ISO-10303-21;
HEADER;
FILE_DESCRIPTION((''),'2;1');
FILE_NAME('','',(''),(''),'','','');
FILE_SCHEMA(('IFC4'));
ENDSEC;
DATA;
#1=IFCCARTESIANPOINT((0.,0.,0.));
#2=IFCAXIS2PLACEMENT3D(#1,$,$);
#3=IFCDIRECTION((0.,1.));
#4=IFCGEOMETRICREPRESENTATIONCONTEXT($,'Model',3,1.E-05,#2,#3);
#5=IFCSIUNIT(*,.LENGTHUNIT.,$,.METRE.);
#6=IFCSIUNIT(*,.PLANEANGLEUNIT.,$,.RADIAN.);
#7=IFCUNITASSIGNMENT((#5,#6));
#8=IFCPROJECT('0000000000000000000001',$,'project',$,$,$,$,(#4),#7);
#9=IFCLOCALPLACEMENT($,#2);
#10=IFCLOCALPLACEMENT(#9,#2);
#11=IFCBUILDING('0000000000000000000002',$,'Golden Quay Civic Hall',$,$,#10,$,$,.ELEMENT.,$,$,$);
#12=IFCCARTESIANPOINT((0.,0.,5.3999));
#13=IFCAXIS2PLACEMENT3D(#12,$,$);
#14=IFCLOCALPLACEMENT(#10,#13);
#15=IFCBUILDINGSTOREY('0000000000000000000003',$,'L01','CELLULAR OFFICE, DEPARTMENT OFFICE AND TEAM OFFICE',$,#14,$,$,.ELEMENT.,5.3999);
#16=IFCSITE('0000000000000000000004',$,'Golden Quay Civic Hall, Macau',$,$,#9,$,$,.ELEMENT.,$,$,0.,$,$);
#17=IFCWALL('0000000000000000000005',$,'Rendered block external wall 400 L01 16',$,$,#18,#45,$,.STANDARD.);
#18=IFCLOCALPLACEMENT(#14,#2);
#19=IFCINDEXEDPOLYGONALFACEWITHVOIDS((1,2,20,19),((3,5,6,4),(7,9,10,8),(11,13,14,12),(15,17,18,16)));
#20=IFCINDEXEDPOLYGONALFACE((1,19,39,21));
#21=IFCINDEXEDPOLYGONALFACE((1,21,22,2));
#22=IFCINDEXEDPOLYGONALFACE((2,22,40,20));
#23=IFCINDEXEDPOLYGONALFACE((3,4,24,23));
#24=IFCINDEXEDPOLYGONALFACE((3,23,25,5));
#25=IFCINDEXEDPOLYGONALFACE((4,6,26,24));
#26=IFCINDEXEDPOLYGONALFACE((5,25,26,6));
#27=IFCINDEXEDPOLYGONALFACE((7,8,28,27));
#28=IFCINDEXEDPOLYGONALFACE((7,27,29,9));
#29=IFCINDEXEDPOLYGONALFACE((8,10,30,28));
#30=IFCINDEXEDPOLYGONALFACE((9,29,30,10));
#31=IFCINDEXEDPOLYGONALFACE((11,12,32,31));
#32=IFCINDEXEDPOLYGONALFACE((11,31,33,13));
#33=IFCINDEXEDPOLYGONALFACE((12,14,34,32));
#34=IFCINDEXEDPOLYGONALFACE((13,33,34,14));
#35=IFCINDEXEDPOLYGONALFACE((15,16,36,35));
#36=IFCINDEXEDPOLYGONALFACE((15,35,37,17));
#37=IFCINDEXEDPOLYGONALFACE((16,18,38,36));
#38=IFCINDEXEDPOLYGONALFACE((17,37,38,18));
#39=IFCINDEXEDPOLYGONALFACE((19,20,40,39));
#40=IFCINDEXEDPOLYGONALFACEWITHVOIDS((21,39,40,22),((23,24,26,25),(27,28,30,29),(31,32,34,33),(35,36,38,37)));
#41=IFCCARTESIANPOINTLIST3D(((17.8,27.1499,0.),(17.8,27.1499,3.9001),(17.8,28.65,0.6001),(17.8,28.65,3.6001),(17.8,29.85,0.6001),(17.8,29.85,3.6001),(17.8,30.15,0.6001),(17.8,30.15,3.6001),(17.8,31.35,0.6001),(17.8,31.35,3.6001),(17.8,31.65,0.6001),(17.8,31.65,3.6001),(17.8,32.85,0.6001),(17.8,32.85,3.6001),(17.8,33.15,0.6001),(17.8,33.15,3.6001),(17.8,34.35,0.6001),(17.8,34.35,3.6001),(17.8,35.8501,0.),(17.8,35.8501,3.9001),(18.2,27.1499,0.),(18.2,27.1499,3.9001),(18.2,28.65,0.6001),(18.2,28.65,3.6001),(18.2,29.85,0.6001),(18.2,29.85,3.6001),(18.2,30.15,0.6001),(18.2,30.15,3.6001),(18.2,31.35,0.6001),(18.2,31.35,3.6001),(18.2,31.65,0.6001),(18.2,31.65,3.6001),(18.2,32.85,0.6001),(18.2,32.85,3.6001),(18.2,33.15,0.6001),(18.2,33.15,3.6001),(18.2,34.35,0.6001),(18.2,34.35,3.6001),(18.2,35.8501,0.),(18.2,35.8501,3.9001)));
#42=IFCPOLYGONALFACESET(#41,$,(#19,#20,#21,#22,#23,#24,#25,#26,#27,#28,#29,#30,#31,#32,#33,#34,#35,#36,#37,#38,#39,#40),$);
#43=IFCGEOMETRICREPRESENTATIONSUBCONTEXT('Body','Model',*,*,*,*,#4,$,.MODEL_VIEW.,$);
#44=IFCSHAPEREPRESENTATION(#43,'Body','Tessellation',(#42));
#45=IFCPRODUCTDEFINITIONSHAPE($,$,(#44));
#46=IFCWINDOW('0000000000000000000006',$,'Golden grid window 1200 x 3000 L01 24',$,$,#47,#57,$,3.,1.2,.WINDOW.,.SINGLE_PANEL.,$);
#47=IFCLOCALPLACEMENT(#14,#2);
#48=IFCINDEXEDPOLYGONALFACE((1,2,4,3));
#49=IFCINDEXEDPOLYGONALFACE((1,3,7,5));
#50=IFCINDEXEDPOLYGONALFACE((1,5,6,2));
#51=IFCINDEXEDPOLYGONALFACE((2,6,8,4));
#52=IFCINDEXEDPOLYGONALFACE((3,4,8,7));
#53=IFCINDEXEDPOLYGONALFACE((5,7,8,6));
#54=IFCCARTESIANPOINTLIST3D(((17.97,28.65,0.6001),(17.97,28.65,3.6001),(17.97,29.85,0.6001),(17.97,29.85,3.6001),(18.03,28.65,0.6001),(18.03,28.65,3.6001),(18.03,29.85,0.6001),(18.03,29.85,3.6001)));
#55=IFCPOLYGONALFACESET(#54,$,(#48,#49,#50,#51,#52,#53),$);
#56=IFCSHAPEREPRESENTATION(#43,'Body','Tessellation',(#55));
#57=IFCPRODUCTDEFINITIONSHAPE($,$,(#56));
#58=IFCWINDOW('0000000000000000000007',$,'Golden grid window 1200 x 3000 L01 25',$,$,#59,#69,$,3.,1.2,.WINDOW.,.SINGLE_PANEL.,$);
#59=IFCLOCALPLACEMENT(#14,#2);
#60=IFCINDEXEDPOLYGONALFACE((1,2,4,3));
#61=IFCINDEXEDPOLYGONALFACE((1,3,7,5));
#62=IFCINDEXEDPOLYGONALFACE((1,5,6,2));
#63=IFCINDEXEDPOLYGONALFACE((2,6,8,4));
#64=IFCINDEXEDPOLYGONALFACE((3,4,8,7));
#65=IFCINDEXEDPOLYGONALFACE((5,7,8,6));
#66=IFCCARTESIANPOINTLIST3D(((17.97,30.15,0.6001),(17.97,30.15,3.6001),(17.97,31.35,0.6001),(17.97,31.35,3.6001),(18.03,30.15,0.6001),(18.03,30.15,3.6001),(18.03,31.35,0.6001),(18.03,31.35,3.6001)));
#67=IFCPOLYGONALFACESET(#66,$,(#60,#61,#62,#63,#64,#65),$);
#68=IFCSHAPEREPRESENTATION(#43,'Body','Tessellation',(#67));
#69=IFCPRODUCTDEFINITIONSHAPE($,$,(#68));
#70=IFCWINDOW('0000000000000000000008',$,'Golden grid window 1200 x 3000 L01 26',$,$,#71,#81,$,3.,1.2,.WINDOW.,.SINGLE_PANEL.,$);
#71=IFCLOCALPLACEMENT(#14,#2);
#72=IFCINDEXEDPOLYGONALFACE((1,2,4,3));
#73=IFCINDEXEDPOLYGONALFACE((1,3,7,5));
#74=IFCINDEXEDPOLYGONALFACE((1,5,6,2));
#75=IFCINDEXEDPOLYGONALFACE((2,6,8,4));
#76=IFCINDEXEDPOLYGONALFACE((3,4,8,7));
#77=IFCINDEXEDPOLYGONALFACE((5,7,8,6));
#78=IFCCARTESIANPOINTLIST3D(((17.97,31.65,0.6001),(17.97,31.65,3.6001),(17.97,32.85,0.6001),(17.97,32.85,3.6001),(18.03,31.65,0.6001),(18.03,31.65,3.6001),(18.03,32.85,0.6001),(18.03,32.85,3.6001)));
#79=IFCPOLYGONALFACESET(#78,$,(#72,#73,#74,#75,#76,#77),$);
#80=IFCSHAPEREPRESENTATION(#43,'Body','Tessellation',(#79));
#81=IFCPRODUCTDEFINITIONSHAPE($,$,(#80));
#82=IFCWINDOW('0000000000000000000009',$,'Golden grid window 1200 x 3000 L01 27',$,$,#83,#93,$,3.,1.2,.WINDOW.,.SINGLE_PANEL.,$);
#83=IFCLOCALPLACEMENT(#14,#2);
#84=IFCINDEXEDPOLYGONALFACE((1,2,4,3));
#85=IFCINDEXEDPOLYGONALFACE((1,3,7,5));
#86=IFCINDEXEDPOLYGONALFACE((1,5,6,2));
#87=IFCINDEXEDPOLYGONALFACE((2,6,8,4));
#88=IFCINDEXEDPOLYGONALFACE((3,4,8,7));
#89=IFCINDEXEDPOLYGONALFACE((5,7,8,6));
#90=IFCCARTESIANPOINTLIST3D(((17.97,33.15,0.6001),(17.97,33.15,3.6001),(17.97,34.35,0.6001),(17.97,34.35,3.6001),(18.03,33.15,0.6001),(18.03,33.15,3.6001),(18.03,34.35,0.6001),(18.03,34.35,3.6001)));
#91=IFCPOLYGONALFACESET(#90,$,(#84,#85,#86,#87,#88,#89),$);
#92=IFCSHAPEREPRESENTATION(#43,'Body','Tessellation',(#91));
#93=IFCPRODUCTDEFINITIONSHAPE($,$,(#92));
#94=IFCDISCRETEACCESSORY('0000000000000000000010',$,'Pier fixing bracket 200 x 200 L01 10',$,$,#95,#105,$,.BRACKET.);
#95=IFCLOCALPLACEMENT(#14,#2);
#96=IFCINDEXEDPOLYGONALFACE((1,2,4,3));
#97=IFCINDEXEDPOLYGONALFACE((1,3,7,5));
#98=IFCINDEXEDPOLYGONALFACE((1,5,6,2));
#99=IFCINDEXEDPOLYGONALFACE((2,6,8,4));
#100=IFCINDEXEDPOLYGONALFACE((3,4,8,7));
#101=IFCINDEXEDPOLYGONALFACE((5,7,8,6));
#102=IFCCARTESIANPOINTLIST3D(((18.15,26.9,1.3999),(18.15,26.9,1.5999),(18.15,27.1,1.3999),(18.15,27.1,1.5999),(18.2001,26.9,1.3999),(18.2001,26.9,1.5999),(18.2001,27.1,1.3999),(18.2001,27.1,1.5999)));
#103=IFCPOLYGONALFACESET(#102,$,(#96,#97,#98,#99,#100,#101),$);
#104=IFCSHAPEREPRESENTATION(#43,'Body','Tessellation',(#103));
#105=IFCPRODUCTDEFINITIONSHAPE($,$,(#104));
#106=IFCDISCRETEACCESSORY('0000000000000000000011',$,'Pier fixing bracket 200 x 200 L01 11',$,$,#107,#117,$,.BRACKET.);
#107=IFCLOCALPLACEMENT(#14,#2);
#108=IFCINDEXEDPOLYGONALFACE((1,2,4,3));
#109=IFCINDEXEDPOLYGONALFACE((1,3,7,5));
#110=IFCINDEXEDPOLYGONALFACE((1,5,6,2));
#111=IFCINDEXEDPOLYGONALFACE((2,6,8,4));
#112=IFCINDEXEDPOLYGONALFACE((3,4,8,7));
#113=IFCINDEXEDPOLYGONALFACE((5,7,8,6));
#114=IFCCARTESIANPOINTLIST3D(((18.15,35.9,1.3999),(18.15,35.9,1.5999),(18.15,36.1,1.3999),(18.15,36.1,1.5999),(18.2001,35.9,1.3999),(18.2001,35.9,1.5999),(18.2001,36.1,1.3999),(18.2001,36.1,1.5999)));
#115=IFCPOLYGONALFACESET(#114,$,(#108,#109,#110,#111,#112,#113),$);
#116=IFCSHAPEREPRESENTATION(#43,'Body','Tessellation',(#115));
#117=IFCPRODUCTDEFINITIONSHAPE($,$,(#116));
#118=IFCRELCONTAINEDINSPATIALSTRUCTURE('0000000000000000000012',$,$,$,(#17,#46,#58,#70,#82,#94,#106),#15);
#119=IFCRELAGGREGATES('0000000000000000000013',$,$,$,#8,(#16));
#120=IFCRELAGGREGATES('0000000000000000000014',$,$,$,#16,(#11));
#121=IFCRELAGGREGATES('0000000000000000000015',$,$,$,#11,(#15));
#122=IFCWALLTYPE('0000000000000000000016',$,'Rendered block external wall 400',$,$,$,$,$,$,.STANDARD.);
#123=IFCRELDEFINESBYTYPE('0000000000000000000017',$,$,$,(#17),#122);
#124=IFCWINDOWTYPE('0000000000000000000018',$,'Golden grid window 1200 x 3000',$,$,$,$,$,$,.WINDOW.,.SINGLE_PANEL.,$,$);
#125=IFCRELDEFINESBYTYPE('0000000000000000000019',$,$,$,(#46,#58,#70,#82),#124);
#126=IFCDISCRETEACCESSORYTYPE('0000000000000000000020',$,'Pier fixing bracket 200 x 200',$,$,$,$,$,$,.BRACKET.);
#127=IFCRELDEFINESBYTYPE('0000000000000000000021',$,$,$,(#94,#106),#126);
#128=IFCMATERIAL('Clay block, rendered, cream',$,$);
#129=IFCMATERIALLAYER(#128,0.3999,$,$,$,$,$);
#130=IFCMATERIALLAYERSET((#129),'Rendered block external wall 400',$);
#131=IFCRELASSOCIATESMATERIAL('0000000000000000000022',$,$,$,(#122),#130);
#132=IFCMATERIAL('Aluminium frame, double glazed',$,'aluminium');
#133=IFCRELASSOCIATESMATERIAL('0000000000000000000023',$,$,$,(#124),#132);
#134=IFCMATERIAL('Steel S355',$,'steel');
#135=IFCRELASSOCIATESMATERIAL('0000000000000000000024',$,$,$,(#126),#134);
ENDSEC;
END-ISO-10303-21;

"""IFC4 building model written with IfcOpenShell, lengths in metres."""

from ifc_helpers import new_model, si_unit, direction, frame, frame_2d, origin, origin_2d, place, context, subcontext, project, spatial, rectangle, extrude, material, layer, layer_set, type_object, element, fill, save


model = new_model("IFC4")

# Units and contexts
model_context = context("Model", 3, precision=1e-05, world=origin(), true_north=direction((0.0, 1.0)))
body_context = subcontext(model_context, "Body", "Model", "MODEL_VIEW")
ifc_project = project(units=[si_unit("LENGTHUNIT", "METRE"), si_unit("PLANEANGLEUNIT", "RADIAN")], contexts=[model_context])

# Site, building, storey
site_placement = place(None, origin())
site = spatial("IfcSite", under=ifc_project, at=site_placement, Name="Golden Quay Civic Hall, Macau", CompositionType="ELEMENT", RefElevation=0.0)
building_placement = place(site_placement, origin())
building = spatial("IfcBuilding", under=site, at=building_placement, Name="Golden Quay Civic Hall", CompositionType="ELEMENT")
storey_placement = place(building_placement, frame((0.0, 0.0, 5.3999)))
storey = spatial("IfcBuildingStorey", under=building, at=storey_placement, Name="L01", Description="CELLULAR OFFICE, DEPARTMENT OFFICE AND TEAM OFFICE", CompositionType="ELEMENT", Elevation=5.3999)

# Wall, openings, windows
ifc_material_1 = material(Name="Clay block, rendered, cream")
ifc_layer_1 = layer(ifc_material_1, 0.3999)
ifc_layer_set_1 = layer_set([ifc_layer_1], Name="Rendered block external wall 400")
wall_type_1 = type_object("IfcWallType", Name="Rendered block external wall 400", PredefinedType="STANDARD", material=ifc_layer_set_1)
wall_1_placement = place(storey_placement, frame((18.0, 35.8501, 0.0), z_axis=(0.0, 0.0, 1.0), x_axis=(0.0, -1.0, 0.0)))
wall_1 = element("IfcWall", 1, at=wall_1_placement, inside=storey, type_object=wall_type_1, Name="Rendered block external wall 400 L01 16", PredefinedType="STANDARD", context=body_context, shape_type="SweptSolid", body=[
    extrude(rectangle(XDim=8.7002, YDim=0.3999, at=frame_2d((4.3501, 0.0))), origin(), (0.0, 0.0, 1.0), 3.9001),
])
opening_1_placement = place(wall_1_placement, frame((6.0, 0.0, 0.6001)))
opening_1 = element("IfcOpeningElement", 2, at=opening_1_placement, cuts=wall_1, PredefinedType="OPENING", context=body_context, shape_type="SweptSolid", body=[
    extrude(rectangle(XDim=1.2, YDim=3.0, at=frame_2d((0.6001, 1.5))), frame((0.0, 0.21, 0.0), z_axis=(0.0, -1.0, 0.0), x_axis=(1.0, 0.0, 0.0)), (0.0, 0.0, 1.0), 0.4199),
])
opening_2_placement = place(wall_1_placement, frame((4.5, 0.0, 0.6001)))
opening_2 = element("IfcOpeningElement", 3, at=opening_2_placement, cuts=wall_1, PredefinedType="OPENING", context=body_context, shape_type="SweptSolid", body=[
    extrude(rectangle(XDim=1.2, YDim=3.0, at=frame_2d((0.6001, 1.5))), frame((0.0, 0.21, 0.0), z_axis=(0.0, -1.0, 0.0), x_axis=(1.0, 0.0, 0.0)), (0.0, 0.0, 1.0), 0.4199),
])
opening_3_placement = place(wall_1_placement, frame((3.0, 0.0, 0.6001)))
opening_3 = element("IfcOpeningElement", 4, at=opening_3_placement, cuts=wall_1, PredefinedType="OPENING", context=body_context, shape_type="SweptSolid", body=[
    extrude(rectangle(XDim=1.2, YDim=3.0, at=frame_2d((0.6001, 1.5))), frame((0.0, 0.21, 0.0), z_axis=(0.0, -1.0, 0.0), x_axis=(1.0, 0.0, 0.0)), (0.0, 0.0, 1.0), 0.4199),
])
opening_4_placement = place(wall_1_placement, frame((1.5, 0.0, 0.6001)))
opening_4 = element("IfcOpeningElement", 5, at=opening_4_placement, cuts=wall_1, PredefinedType="OPENING", context=body_context, shape_type="SweptSolid", body=[
    extrude(rectangle(XDim=1.2, YDim=3.0, at=frame_2d((0.6001, 1.5))), frame((0.0, 0.21, 0.0), z_axis=(0.0, -1.0, 0.0), x_axis=(1.0, 0.0, 0.0)), (0.0, 0.0, 1.0), 0.4199),
])
ifc_material_2 = material(Name="Aluminium frame, double glazed", Category="aluminium")
window_type = type_object("IfcWindowType", Name="Golden grid window 1200 x 3000", PartitioningType="SINGLE_PANEL", PredefinedType="WINDOW", material=ifc_material_2)
window_1_placement = place(opening_1_placement, origin())
window_1 = element("IfcWindow", 6, at=window_1_placement, inside=storey, type_object=window_type, Name="Golden grid window 1200 x 3000 L01 24", OverallHeight=3.0, OverallWidth=1.2, PartitioningType="SINGLE_PANEL", PredefinedType="WINDOW", context=body_context, shape_type="SweptSolid", body=[
    extrude(rectangle(XDim=1.2, YDim=3.0, at=frame_2d((0.6001, 1.5))), frame((0.0, 0.03, 0.0), z_axis=(0.0, -1.0, 0.0), x_axis=(1.0, 0.0, 0.0)), (0.0, 0.0, 1.0), 0.0601),
])
fill(opening_1, window_1)
window_2_placement = place(opening_2_placement, origin())
window_2 = element("IfcWindow", 7, at=window_2_placement, inside=storey, type_object=window_type, Name="Golden grid window 1200 x 3000 L01 25", OverallHeight=3.0, OverallWidth=1.2, PartitioningType="SINGLE_PANEL", PredefinedType="WINDOW", context=body_context, shape_type="SweptSolid", body=[
    extrude(rectangle(XDim=1.2, YDim=3.0, at=frame_2d((0.6001, 1.5))), frame((0.0, 0.03, 0.0), z_axis=(0.0, -1.0, 0.0), x_axis=(1.0, 0.0, 0.0)), (0.0, 0.0, 1.0), 0.0601),
])
fill(opening_2, window_2)
window_3_placement = place(opening_3_placement, origin())
window_3 = element("IfcWindow", 8, at=window_3_placement, inside=storey, type_object=window_type, Name="Golden grid window 1200 x 3000 L01 26", OverallHeight=3.0, OverallWidth=1.2, PartitioningType="SINGLE_PANEL", PredefinedType="WINDOW", context=body_context, shape_type="SweptSolid", body=[
    extrude(rectangle(XDim=1.2, YDim=3.0, at=frame_2d((0.6001, 1.5))), frame((0.0, 0.03, 0.0), z_axis=(0.0, -1.0, 0.0), x_axis=(1.0, 0.0, 0.0)), (0.0, 0.0, 1.0), 0.0601),
])
fill(opening_3, window_3)
window_4_placement = place(opening_4_placement, origin())
window_4 = element("IfcWindow", 9, at=window_4_placement, inside=storey, type_object=window_type, Name="Golden grid window 1200 x 3000 L01 27", OverallHeight=3.0, OverallWidth=1.2, PartitioningType="SINGLE_PANEL", PredefinedType="WINDOW", context=body_context, shape_type="SweptSolid", body=[
    extrude(rectangle(XDim=1.2, YDim=3.0, at=frame_2d((0.6001, 1.5))), frame((0.0, 0.03, 0.0), z_axis=(0.0, -1.0, 0.0), x_axis=(1.0, 0.0, 0.0)), (0.0, 0.0, 1.0), 0.0601),
])
fill(opening_4, window_4)

# Discrete accessories
ifc_material_3 = material(Name="Steel S355", Category="steel")
discrete_accessory_type = type_object("IfcDiscreteAccessoryType", Name="Pier fixing bracket 200 x 200", PredefinedType="BRACKET", material=ifc_material_3)
for number, where, z_axis, x_axis, name in (
    (10, (18.175, 27.0, 1.3999), (0.0, 0.0, 1.0), (0.0, 1.0, 0.0), "Pier fixing bracket 200 x 200 L01 10"),
    (11, (18.175, 36.0, 1.3999), (0.0, 0.0, 1.0), (0.0, 1.0, 0.0), "Pier fixing bracket 200 x 200 L01 11"),
):
    element("IfcDiscreteAccessory", number, at=place(storey_placement, frame(where, z_axis=z_axis, x_axis=x_axis)), inside=storey, type_object=discrete_accessory_type, Name=name, PredefinedType="BRACKET", context=body_context, shape_type="SweptSolid", body=[
        extrude(rectangle(XDim=0.2, YDim=0.05, at=origin_2d()), origin(), (0.0, 0.0, 1.0), 0.2),
    ])

save(model, "model.ifc")
